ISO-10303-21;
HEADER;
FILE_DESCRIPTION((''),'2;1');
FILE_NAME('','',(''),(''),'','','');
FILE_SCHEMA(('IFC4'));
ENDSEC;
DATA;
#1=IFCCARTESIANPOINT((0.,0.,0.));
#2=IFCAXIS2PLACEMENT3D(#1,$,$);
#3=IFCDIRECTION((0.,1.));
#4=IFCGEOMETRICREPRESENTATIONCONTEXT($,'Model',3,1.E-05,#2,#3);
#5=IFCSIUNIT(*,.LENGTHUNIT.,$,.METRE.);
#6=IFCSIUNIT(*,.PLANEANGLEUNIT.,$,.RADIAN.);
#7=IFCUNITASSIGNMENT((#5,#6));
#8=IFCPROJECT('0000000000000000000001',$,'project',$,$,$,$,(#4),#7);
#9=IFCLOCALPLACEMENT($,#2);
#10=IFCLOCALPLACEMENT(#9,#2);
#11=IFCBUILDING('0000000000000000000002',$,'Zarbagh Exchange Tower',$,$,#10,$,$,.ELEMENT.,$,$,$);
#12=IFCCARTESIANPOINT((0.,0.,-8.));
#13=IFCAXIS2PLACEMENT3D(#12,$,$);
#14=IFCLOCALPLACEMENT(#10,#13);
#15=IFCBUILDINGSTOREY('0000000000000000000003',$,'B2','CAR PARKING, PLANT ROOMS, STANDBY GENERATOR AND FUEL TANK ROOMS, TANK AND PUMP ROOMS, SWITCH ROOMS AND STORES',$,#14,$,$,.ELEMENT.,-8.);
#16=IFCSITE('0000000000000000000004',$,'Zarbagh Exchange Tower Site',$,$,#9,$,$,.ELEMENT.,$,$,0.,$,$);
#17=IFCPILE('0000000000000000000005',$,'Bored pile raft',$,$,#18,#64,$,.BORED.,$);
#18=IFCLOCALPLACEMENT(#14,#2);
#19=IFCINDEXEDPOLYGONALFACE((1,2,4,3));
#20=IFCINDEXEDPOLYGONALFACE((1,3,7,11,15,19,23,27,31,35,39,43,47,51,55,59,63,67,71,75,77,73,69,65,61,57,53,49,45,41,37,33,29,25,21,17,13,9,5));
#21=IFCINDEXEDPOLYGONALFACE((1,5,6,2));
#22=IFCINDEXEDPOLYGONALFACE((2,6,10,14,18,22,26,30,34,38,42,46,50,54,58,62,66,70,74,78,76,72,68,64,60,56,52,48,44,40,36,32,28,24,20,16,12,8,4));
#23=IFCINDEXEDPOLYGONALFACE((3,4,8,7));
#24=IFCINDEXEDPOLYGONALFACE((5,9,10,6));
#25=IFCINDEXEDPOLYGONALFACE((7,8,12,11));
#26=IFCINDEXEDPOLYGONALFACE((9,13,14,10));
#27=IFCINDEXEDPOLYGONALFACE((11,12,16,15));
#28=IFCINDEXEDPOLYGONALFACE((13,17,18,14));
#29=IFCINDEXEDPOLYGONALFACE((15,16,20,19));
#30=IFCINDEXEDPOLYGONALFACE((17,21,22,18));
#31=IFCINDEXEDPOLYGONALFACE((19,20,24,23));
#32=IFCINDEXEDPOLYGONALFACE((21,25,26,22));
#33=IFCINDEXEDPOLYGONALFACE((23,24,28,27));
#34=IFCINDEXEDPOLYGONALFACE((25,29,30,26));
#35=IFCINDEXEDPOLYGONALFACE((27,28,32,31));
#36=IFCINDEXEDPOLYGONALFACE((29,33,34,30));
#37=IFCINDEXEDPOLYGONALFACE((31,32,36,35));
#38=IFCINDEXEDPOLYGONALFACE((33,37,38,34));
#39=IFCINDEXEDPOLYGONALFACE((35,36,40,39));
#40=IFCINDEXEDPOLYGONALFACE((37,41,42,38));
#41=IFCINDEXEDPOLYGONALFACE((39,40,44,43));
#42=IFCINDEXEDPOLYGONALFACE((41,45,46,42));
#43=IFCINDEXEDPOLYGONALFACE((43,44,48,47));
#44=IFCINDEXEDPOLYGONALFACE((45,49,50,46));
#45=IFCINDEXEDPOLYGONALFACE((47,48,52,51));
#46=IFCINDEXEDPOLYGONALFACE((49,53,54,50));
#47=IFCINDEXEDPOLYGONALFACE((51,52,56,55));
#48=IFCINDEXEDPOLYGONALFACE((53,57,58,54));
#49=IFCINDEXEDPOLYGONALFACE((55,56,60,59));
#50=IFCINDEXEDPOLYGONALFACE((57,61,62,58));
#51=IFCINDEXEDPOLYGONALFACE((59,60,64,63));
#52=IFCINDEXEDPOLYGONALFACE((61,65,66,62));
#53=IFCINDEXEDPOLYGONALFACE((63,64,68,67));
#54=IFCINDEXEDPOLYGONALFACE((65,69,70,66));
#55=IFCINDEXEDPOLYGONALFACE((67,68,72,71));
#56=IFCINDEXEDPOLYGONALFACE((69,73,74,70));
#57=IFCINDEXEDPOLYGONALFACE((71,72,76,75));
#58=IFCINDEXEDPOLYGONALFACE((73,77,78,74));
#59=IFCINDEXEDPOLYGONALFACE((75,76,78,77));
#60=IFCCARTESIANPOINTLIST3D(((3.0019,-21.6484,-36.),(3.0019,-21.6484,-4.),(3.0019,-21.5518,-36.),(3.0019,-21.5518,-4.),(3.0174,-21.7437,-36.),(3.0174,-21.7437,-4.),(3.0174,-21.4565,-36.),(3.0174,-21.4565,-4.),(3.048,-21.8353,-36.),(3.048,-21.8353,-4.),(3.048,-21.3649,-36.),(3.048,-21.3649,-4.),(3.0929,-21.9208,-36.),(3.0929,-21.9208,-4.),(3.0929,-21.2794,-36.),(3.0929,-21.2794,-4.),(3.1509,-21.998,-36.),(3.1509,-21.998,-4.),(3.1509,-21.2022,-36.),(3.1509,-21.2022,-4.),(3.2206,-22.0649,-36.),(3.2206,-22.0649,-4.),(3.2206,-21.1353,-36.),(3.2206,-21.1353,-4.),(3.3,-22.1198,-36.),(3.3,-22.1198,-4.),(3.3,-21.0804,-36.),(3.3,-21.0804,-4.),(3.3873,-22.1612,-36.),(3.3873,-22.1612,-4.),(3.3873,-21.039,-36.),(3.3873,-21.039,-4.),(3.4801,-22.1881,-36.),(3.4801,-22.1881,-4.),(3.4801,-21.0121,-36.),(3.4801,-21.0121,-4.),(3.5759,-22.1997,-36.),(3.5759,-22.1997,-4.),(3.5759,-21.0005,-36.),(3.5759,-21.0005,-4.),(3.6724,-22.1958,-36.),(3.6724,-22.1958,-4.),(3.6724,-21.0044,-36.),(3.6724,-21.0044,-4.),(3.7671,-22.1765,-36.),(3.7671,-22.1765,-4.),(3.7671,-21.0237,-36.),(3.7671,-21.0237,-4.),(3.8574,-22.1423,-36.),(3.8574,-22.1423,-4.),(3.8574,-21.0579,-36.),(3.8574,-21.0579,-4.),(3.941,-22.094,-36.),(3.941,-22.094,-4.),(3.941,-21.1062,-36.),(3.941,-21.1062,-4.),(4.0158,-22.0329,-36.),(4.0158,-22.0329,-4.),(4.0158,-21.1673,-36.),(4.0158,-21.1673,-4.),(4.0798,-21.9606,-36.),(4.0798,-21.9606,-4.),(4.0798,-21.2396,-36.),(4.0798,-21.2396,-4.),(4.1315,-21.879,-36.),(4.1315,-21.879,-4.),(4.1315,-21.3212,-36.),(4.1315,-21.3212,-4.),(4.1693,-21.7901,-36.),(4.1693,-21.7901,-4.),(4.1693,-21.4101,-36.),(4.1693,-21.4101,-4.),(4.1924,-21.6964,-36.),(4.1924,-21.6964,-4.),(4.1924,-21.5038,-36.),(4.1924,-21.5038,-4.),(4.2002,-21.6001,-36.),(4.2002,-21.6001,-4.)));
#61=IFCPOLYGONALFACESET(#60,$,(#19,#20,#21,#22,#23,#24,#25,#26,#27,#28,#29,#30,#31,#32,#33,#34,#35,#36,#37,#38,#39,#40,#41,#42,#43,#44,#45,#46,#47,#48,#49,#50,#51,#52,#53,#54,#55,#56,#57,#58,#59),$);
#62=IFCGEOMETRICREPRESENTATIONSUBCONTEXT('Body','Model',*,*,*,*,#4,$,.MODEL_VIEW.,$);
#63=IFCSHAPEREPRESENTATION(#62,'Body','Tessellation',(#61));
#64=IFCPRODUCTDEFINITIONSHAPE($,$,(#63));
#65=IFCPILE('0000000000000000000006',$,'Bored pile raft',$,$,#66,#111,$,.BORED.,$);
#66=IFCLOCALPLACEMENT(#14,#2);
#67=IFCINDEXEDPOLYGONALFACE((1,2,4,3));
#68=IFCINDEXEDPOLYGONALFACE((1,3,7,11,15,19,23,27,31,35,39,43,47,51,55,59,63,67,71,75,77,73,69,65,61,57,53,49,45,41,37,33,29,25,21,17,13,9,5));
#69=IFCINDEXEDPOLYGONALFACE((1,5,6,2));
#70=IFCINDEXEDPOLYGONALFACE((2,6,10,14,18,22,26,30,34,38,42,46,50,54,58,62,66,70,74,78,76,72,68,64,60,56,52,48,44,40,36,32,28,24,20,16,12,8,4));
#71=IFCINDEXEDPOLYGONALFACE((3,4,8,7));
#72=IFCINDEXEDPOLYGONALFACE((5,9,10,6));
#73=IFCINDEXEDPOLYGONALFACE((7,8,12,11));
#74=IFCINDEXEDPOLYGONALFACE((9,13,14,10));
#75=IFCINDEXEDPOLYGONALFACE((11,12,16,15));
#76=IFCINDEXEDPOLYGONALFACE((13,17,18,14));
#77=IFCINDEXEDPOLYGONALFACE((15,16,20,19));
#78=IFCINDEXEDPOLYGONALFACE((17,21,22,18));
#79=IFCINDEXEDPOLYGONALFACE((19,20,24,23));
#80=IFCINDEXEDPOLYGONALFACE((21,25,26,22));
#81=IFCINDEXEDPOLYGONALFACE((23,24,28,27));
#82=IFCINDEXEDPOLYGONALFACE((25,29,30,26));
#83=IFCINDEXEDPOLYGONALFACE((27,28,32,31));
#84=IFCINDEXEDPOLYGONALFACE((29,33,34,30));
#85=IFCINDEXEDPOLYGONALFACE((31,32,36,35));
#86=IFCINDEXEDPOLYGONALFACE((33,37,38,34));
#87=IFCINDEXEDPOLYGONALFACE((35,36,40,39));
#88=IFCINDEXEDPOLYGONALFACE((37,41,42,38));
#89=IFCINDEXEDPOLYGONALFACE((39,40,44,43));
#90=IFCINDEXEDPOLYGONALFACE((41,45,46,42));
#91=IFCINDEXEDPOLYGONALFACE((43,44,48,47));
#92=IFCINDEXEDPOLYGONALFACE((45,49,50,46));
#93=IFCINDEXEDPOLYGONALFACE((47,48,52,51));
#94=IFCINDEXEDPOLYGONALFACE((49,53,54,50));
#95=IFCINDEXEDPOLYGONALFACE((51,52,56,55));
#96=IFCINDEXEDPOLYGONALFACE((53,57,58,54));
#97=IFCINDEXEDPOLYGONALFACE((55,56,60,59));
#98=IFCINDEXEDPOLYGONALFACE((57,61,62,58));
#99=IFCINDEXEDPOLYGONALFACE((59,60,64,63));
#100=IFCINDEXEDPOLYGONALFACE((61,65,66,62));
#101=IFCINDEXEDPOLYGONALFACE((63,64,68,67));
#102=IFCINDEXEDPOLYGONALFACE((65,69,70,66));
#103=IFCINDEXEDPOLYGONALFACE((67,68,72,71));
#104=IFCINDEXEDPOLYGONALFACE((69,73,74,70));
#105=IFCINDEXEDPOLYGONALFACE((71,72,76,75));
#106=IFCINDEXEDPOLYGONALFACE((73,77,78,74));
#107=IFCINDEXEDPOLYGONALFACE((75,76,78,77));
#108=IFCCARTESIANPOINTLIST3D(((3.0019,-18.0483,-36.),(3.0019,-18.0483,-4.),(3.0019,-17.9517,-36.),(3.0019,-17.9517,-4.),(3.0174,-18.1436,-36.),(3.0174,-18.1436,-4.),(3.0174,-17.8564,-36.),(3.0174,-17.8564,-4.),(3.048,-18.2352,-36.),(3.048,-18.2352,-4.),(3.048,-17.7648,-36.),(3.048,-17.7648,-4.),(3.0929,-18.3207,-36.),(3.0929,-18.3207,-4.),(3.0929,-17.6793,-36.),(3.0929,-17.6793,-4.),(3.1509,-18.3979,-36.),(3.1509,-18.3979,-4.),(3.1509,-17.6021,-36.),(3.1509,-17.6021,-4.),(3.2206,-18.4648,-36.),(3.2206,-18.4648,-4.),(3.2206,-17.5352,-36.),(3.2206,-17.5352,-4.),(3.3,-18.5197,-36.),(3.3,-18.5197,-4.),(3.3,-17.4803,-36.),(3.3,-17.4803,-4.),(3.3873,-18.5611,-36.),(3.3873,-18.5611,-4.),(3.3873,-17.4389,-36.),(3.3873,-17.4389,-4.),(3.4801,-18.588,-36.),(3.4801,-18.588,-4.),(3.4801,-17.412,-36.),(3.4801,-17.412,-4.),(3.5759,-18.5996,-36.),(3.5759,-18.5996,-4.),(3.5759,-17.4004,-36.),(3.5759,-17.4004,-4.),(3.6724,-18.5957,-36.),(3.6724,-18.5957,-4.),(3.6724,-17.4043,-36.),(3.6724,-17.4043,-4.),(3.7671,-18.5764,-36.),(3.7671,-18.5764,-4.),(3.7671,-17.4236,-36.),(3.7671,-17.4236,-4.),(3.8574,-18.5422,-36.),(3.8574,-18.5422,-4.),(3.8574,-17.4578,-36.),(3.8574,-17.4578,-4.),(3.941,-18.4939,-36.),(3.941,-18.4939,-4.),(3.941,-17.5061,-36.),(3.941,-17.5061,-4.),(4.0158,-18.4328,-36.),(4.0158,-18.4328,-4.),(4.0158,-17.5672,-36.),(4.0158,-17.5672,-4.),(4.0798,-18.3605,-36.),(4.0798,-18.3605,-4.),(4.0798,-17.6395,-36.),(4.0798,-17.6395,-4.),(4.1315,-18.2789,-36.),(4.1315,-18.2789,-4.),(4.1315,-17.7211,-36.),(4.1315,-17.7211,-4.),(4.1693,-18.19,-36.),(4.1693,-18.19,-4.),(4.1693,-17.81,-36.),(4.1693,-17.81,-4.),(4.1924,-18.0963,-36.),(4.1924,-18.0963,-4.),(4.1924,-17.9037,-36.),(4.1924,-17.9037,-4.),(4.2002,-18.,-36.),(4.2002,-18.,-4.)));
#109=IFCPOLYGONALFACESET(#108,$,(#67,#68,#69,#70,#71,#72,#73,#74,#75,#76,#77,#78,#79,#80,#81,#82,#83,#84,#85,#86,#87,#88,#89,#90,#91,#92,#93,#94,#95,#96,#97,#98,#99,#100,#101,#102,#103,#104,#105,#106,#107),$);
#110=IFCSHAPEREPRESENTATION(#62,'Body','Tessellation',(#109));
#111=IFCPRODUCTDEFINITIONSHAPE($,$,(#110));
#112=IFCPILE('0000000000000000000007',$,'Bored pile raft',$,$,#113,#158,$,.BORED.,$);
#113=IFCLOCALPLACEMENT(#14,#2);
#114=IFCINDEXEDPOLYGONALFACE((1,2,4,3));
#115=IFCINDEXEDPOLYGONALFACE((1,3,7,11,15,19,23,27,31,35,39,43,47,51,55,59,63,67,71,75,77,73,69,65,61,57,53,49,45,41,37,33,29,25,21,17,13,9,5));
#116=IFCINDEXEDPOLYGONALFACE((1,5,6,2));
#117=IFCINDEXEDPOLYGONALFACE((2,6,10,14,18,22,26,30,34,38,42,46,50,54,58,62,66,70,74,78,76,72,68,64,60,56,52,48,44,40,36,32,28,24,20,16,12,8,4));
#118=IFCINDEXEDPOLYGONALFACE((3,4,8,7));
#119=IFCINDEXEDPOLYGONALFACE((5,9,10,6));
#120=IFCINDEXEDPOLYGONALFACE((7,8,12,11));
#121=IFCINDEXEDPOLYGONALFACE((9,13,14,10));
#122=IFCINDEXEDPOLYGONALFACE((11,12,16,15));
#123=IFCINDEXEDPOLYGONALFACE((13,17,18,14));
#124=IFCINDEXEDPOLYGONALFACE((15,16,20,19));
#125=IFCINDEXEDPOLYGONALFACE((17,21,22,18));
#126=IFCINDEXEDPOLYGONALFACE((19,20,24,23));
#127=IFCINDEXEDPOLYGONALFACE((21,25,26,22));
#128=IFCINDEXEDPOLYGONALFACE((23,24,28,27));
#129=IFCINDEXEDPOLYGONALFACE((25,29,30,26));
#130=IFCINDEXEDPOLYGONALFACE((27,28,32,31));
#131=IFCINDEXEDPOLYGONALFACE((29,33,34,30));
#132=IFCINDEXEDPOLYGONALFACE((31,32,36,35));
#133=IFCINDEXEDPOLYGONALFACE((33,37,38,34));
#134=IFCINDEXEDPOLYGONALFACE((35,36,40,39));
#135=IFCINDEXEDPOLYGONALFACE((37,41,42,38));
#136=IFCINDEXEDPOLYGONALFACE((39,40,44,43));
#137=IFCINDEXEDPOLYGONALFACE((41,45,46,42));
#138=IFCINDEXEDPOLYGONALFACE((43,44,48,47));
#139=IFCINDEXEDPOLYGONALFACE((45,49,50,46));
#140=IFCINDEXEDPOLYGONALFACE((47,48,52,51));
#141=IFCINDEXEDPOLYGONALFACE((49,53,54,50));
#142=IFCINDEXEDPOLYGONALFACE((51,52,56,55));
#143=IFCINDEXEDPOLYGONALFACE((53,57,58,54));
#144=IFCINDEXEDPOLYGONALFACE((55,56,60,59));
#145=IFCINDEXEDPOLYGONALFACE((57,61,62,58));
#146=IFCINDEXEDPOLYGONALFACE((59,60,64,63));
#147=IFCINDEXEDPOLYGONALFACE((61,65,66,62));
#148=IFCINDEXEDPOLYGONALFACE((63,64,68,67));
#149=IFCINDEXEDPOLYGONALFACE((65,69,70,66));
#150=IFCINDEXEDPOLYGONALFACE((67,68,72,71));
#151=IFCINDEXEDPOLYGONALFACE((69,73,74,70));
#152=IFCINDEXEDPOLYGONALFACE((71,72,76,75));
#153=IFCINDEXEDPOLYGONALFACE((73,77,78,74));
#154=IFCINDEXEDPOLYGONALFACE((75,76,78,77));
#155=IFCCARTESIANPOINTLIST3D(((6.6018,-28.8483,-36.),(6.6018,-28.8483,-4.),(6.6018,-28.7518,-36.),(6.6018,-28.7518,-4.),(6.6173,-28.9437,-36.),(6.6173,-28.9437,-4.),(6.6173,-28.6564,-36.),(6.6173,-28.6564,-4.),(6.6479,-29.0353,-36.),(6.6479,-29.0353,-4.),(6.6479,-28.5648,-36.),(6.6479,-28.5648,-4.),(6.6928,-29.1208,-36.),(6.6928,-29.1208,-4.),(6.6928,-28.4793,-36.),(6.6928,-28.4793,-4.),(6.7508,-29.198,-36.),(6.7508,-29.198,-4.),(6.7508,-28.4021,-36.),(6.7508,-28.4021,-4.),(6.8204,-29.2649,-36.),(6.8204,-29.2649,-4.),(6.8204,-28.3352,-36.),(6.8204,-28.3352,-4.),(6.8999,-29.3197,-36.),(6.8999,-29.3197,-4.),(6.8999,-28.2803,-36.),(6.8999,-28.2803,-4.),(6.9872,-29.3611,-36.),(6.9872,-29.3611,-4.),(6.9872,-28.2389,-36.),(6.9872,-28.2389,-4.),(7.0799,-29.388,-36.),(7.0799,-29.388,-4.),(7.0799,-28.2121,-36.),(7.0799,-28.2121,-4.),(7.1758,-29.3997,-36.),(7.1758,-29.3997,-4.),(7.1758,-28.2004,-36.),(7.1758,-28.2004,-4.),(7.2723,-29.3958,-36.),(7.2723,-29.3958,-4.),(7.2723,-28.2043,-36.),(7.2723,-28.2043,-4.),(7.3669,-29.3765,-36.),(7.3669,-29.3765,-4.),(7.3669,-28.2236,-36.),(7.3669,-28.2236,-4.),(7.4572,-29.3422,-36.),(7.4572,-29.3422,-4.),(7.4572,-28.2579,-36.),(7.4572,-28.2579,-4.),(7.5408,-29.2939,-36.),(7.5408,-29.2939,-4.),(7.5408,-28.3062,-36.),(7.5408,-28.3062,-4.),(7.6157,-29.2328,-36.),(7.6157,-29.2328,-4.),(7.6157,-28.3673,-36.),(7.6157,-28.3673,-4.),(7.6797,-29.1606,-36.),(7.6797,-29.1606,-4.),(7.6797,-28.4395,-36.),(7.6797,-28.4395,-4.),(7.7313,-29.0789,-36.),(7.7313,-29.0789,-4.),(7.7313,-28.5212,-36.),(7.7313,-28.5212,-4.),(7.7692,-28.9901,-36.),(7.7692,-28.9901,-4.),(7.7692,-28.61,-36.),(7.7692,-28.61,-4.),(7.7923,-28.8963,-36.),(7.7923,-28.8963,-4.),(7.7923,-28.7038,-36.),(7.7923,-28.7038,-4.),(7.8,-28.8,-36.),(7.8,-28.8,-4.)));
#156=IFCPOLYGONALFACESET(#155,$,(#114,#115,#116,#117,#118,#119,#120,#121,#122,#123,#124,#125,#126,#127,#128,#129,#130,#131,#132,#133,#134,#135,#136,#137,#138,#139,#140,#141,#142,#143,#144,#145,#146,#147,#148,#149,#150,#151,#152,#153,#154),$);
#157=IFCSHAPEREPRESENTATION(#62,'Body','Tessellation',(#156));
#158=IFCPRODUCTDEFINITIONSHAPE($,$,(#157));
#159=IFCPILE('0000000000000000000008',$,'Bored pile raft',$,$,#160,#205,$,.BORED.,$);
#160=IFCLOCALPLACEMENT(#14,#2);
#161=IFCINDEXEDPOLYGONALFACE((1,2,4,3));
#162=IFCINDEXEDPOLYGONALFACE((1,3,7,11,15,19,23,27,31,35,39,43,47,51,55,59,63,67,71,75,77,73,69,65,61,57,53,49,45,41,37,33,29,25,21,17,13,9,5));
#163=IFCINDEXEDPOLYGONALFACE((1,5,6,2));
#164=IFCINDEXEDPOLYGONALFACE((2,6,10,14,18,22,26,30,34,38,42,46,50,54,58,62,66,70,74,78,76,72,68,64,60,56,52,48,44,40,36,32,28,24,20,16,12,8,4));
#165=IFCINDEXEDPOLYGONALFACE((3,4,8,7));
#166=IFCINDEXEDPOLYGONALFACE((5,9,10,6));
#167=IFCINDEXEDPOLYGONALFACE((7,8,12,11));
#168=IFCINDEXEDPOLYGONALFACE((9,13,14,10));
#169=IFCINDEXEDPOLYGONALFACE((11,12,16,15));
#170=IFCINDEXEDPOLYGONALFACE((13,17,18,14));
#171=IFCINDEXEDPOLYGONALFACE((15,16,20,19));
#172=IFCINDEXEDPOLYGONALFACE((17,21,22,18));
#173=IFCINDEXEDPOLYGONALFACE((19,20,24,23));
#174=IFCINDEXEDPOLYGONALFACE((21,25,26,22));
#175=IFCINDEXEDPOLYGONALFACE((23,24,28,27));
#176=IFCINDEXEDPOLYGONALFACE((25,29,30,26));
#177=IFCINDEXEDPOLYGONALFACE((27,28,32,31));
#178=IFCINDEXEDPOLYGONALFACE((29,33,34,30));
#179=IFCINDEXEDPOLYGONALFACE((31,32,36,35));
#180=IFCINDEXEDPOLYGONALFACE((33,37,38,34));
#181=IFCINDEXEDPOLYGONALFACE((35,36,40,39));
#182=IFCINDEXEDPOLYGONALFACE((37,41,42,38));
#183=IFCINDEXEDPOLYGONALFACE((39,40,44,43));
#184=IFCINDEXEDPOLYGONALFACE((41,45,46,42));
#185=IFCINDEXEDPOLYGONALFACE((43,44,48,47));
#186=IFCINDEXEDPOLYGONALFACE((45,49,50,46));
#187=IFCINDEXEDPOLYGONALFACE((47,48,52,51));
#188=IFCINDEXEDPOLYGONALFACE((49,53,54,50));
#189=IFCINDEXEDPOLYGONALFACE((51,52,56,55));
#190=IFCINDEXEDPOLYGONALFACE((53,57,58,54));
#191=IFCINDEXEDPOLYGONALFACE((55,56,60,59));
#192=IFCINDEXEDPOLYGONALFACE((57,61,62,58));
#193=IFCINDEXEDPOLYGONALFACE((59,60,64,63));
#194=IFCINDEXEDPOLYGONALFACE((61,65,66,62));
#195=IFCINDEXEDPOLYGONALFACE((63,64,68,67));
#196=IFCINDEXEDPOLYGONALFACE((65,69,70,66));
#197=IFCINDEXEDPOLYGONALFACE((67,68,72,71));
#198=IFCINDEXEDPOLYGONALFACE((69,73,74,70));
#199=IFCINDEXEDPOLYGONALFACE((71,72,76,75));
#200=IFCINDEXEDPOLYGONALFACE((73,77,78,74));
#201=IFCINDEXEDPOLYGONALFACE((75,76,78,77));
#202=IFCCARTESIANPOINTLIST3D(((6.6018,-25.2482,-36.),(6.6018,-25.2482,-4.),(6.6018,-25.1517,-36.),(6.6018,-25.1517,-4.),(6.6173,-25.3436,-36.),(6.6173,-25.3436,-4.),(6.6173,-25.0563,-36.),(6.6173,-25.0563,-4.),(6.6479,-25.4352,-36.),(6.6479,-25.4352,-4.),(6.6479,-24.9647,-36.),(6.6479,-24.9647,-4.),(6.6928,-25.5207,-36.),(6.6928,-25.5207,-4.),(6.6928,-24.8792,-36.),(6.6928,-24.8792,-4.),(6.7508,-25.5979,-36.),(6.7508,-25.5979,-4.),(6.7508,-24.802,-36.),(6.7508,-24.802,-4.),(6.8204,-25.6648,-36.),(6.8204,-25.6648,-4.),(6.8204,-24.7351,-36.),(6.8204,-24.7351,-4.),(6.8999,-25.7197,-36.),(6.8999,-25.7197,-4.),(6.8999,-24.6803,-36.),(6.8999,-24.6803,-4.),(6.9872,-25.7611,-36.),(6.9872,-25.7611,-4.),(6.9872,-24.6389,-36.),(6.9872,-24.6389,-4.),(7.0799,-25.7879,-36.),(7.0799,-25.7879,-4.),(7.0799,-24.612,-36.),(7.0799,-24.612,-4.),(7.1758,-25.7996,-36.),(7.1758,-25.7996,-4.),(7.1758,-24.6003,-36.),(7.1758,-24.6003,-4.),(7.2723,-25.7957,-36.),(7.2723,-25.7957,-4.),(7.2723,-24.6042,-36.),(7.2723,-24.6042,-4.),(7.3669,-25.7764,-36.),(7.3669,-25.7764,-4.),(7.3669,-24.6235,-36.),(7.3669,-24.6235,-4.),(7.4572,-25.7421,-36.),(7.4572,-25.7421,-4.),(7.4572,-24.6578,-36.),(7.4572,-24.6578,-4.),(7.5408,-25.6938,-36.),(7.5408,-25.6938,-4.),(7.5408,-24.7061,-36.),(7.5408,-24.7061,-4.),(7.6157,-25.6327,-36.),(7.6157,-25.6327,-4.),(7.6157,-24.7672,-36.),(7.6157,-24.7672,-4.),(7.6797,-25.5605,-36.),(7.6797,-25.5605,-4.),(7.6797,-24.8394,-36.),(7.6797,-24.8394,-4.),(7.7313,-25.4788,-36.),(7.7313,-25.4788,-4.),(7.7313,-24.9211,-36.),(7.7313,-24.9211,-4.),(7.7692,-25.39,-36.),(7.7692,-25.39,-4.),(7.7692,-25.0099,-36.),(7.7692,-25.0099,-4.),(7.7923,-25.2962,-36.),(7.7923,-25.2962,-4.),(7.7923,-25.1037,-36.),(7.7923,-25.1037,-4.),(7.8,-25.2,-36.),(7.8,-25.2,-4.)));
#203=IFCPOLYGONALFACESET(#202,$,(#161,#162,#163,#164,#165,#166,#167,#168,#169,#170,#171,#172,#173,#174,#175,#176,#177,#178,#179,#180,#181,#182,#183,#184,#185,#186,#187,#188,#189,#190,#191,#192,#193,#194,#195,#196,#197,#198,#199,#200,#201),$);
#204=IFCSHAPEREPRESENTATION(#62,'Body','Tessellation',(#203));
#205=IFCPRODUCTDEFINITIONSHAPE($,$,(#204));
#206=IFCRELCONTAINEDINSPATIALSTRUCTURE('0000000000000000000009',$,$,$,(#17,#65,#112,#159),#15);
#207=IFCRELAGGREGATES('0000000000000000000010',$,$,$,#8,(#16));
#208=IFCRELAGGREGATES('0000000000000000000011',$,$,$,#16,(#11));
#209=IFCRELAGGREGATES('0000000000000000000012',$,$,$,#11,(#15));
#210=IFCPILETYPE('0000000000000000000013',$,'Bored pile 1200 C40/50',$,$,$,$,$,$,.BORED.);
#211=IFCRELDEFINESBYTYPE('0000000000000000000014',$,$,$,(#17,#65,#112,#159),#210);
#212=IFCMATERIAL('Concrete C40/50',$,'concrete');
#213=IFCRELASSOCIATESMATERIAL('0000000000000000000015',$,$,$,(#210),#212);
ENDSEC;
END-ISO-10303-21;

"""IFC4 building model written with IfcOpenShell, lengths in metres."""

from ifc_helpers import new_model, si_unit, direction, frame, origin, origin_2d, place, context, subcontext, project, spatial, circle, extrude, material, material_profile, profile_set, type_object, element, save


model = new_model("IFC4")

# Units and contexts
model_context = context("Model", 3, precision=1e-05, world=origin(), true_north=direction((0.0, 1.0)))
body_context = subcontext(model_context, "Body", "Model", "MODEL_VIEW")
ifc_project = project(units=[si_unit("LENGTHUNIT", "METRE"), si_unit("PLANEANGLEUNIT", "RADIAN")], contexts=[model_context])

# Site, building, storey
site_placement = place(None, origin())
site = spatial("IfcSite", under=ifc_project, at=site_placement, Name="Zarbagh Exchange Tower Site", CompositionType="ELEMENT", RefElevation=0.0)
building_placement = place(site_placement, origin())
building = spatial("IfcBuilding", under=site, at=building_placement, Name="Zarbagh Exchange Tower", CompositionType="ELEMENT")
storey_placement = place(building_placement, frame((0.0, 0.0, -8.0)))
storey = spatial("IfcBuildingStorey", under=building, at=storey_placement, Name="B2", Description="CAR PARKING, PLANT ROOMS, STANDBY GENERATOR AND FUEL TANK ROOMS, TANK AND PUMP ROOMS, SWITCH ROOMS AND STORES", CompositionType="ELEMENT", Elevation=-8.0)

# Piles
ifc_material_1 = material(Name="Concrete C40/50", Category="concrete")
ifc_material_profile_1 = material_profile(ifc_material_1, circle(Radius=0.6001, at=origin_2d()), Name="Bored pile 1200 C40/50")
ifc_profile_set_1 = profile_set([ifc_material_profile_1], Name="Concrete C40/50")
pile_type = type_object("IfcPileType", Name="Bored pile 1200 C40/50", PredefinedType="BORED", material=ifc_profile_set_1)
for number, where, z_axis, x_axis, name in (
    (1, (3.6001, -21.6001, -4.0), (0.0, 0.0, -1.0), (1.0, 0.0, 0.0), "Bored pile raft"),
    (2, (3.6001, -18.0, -4.0), (0.0, 0.0, -1.0), (1.0, 0.0, 0.0), "Bored pile raft"),
    (3, (7.2, -28.8, -4.0), (0.0, 0.0, -1.0), (1.0, 0.0, 0.0), "Bored pile raft"),
    (4, (7.2, -25.2, -4.0), (0.0, 0.0, -1.0), (1.0, 0.0, 0.0), "Bored pile raft"),
):
    element("IfcPile", number, at=place(storey_placement, frame(where, z_axis=z_axis, x_axis=x_axis)), inside=storey, type_object=pile_type, Name=name, PredefinedType="BORED", context=body_context, shape_type="SweptSolid", body=[
        extrude(circle(Radius=0.6001, at=origin_2d()), origin(), (0.0, 0.0, 1.0), 32.0),
    ])

save(model, "model.ifc")
